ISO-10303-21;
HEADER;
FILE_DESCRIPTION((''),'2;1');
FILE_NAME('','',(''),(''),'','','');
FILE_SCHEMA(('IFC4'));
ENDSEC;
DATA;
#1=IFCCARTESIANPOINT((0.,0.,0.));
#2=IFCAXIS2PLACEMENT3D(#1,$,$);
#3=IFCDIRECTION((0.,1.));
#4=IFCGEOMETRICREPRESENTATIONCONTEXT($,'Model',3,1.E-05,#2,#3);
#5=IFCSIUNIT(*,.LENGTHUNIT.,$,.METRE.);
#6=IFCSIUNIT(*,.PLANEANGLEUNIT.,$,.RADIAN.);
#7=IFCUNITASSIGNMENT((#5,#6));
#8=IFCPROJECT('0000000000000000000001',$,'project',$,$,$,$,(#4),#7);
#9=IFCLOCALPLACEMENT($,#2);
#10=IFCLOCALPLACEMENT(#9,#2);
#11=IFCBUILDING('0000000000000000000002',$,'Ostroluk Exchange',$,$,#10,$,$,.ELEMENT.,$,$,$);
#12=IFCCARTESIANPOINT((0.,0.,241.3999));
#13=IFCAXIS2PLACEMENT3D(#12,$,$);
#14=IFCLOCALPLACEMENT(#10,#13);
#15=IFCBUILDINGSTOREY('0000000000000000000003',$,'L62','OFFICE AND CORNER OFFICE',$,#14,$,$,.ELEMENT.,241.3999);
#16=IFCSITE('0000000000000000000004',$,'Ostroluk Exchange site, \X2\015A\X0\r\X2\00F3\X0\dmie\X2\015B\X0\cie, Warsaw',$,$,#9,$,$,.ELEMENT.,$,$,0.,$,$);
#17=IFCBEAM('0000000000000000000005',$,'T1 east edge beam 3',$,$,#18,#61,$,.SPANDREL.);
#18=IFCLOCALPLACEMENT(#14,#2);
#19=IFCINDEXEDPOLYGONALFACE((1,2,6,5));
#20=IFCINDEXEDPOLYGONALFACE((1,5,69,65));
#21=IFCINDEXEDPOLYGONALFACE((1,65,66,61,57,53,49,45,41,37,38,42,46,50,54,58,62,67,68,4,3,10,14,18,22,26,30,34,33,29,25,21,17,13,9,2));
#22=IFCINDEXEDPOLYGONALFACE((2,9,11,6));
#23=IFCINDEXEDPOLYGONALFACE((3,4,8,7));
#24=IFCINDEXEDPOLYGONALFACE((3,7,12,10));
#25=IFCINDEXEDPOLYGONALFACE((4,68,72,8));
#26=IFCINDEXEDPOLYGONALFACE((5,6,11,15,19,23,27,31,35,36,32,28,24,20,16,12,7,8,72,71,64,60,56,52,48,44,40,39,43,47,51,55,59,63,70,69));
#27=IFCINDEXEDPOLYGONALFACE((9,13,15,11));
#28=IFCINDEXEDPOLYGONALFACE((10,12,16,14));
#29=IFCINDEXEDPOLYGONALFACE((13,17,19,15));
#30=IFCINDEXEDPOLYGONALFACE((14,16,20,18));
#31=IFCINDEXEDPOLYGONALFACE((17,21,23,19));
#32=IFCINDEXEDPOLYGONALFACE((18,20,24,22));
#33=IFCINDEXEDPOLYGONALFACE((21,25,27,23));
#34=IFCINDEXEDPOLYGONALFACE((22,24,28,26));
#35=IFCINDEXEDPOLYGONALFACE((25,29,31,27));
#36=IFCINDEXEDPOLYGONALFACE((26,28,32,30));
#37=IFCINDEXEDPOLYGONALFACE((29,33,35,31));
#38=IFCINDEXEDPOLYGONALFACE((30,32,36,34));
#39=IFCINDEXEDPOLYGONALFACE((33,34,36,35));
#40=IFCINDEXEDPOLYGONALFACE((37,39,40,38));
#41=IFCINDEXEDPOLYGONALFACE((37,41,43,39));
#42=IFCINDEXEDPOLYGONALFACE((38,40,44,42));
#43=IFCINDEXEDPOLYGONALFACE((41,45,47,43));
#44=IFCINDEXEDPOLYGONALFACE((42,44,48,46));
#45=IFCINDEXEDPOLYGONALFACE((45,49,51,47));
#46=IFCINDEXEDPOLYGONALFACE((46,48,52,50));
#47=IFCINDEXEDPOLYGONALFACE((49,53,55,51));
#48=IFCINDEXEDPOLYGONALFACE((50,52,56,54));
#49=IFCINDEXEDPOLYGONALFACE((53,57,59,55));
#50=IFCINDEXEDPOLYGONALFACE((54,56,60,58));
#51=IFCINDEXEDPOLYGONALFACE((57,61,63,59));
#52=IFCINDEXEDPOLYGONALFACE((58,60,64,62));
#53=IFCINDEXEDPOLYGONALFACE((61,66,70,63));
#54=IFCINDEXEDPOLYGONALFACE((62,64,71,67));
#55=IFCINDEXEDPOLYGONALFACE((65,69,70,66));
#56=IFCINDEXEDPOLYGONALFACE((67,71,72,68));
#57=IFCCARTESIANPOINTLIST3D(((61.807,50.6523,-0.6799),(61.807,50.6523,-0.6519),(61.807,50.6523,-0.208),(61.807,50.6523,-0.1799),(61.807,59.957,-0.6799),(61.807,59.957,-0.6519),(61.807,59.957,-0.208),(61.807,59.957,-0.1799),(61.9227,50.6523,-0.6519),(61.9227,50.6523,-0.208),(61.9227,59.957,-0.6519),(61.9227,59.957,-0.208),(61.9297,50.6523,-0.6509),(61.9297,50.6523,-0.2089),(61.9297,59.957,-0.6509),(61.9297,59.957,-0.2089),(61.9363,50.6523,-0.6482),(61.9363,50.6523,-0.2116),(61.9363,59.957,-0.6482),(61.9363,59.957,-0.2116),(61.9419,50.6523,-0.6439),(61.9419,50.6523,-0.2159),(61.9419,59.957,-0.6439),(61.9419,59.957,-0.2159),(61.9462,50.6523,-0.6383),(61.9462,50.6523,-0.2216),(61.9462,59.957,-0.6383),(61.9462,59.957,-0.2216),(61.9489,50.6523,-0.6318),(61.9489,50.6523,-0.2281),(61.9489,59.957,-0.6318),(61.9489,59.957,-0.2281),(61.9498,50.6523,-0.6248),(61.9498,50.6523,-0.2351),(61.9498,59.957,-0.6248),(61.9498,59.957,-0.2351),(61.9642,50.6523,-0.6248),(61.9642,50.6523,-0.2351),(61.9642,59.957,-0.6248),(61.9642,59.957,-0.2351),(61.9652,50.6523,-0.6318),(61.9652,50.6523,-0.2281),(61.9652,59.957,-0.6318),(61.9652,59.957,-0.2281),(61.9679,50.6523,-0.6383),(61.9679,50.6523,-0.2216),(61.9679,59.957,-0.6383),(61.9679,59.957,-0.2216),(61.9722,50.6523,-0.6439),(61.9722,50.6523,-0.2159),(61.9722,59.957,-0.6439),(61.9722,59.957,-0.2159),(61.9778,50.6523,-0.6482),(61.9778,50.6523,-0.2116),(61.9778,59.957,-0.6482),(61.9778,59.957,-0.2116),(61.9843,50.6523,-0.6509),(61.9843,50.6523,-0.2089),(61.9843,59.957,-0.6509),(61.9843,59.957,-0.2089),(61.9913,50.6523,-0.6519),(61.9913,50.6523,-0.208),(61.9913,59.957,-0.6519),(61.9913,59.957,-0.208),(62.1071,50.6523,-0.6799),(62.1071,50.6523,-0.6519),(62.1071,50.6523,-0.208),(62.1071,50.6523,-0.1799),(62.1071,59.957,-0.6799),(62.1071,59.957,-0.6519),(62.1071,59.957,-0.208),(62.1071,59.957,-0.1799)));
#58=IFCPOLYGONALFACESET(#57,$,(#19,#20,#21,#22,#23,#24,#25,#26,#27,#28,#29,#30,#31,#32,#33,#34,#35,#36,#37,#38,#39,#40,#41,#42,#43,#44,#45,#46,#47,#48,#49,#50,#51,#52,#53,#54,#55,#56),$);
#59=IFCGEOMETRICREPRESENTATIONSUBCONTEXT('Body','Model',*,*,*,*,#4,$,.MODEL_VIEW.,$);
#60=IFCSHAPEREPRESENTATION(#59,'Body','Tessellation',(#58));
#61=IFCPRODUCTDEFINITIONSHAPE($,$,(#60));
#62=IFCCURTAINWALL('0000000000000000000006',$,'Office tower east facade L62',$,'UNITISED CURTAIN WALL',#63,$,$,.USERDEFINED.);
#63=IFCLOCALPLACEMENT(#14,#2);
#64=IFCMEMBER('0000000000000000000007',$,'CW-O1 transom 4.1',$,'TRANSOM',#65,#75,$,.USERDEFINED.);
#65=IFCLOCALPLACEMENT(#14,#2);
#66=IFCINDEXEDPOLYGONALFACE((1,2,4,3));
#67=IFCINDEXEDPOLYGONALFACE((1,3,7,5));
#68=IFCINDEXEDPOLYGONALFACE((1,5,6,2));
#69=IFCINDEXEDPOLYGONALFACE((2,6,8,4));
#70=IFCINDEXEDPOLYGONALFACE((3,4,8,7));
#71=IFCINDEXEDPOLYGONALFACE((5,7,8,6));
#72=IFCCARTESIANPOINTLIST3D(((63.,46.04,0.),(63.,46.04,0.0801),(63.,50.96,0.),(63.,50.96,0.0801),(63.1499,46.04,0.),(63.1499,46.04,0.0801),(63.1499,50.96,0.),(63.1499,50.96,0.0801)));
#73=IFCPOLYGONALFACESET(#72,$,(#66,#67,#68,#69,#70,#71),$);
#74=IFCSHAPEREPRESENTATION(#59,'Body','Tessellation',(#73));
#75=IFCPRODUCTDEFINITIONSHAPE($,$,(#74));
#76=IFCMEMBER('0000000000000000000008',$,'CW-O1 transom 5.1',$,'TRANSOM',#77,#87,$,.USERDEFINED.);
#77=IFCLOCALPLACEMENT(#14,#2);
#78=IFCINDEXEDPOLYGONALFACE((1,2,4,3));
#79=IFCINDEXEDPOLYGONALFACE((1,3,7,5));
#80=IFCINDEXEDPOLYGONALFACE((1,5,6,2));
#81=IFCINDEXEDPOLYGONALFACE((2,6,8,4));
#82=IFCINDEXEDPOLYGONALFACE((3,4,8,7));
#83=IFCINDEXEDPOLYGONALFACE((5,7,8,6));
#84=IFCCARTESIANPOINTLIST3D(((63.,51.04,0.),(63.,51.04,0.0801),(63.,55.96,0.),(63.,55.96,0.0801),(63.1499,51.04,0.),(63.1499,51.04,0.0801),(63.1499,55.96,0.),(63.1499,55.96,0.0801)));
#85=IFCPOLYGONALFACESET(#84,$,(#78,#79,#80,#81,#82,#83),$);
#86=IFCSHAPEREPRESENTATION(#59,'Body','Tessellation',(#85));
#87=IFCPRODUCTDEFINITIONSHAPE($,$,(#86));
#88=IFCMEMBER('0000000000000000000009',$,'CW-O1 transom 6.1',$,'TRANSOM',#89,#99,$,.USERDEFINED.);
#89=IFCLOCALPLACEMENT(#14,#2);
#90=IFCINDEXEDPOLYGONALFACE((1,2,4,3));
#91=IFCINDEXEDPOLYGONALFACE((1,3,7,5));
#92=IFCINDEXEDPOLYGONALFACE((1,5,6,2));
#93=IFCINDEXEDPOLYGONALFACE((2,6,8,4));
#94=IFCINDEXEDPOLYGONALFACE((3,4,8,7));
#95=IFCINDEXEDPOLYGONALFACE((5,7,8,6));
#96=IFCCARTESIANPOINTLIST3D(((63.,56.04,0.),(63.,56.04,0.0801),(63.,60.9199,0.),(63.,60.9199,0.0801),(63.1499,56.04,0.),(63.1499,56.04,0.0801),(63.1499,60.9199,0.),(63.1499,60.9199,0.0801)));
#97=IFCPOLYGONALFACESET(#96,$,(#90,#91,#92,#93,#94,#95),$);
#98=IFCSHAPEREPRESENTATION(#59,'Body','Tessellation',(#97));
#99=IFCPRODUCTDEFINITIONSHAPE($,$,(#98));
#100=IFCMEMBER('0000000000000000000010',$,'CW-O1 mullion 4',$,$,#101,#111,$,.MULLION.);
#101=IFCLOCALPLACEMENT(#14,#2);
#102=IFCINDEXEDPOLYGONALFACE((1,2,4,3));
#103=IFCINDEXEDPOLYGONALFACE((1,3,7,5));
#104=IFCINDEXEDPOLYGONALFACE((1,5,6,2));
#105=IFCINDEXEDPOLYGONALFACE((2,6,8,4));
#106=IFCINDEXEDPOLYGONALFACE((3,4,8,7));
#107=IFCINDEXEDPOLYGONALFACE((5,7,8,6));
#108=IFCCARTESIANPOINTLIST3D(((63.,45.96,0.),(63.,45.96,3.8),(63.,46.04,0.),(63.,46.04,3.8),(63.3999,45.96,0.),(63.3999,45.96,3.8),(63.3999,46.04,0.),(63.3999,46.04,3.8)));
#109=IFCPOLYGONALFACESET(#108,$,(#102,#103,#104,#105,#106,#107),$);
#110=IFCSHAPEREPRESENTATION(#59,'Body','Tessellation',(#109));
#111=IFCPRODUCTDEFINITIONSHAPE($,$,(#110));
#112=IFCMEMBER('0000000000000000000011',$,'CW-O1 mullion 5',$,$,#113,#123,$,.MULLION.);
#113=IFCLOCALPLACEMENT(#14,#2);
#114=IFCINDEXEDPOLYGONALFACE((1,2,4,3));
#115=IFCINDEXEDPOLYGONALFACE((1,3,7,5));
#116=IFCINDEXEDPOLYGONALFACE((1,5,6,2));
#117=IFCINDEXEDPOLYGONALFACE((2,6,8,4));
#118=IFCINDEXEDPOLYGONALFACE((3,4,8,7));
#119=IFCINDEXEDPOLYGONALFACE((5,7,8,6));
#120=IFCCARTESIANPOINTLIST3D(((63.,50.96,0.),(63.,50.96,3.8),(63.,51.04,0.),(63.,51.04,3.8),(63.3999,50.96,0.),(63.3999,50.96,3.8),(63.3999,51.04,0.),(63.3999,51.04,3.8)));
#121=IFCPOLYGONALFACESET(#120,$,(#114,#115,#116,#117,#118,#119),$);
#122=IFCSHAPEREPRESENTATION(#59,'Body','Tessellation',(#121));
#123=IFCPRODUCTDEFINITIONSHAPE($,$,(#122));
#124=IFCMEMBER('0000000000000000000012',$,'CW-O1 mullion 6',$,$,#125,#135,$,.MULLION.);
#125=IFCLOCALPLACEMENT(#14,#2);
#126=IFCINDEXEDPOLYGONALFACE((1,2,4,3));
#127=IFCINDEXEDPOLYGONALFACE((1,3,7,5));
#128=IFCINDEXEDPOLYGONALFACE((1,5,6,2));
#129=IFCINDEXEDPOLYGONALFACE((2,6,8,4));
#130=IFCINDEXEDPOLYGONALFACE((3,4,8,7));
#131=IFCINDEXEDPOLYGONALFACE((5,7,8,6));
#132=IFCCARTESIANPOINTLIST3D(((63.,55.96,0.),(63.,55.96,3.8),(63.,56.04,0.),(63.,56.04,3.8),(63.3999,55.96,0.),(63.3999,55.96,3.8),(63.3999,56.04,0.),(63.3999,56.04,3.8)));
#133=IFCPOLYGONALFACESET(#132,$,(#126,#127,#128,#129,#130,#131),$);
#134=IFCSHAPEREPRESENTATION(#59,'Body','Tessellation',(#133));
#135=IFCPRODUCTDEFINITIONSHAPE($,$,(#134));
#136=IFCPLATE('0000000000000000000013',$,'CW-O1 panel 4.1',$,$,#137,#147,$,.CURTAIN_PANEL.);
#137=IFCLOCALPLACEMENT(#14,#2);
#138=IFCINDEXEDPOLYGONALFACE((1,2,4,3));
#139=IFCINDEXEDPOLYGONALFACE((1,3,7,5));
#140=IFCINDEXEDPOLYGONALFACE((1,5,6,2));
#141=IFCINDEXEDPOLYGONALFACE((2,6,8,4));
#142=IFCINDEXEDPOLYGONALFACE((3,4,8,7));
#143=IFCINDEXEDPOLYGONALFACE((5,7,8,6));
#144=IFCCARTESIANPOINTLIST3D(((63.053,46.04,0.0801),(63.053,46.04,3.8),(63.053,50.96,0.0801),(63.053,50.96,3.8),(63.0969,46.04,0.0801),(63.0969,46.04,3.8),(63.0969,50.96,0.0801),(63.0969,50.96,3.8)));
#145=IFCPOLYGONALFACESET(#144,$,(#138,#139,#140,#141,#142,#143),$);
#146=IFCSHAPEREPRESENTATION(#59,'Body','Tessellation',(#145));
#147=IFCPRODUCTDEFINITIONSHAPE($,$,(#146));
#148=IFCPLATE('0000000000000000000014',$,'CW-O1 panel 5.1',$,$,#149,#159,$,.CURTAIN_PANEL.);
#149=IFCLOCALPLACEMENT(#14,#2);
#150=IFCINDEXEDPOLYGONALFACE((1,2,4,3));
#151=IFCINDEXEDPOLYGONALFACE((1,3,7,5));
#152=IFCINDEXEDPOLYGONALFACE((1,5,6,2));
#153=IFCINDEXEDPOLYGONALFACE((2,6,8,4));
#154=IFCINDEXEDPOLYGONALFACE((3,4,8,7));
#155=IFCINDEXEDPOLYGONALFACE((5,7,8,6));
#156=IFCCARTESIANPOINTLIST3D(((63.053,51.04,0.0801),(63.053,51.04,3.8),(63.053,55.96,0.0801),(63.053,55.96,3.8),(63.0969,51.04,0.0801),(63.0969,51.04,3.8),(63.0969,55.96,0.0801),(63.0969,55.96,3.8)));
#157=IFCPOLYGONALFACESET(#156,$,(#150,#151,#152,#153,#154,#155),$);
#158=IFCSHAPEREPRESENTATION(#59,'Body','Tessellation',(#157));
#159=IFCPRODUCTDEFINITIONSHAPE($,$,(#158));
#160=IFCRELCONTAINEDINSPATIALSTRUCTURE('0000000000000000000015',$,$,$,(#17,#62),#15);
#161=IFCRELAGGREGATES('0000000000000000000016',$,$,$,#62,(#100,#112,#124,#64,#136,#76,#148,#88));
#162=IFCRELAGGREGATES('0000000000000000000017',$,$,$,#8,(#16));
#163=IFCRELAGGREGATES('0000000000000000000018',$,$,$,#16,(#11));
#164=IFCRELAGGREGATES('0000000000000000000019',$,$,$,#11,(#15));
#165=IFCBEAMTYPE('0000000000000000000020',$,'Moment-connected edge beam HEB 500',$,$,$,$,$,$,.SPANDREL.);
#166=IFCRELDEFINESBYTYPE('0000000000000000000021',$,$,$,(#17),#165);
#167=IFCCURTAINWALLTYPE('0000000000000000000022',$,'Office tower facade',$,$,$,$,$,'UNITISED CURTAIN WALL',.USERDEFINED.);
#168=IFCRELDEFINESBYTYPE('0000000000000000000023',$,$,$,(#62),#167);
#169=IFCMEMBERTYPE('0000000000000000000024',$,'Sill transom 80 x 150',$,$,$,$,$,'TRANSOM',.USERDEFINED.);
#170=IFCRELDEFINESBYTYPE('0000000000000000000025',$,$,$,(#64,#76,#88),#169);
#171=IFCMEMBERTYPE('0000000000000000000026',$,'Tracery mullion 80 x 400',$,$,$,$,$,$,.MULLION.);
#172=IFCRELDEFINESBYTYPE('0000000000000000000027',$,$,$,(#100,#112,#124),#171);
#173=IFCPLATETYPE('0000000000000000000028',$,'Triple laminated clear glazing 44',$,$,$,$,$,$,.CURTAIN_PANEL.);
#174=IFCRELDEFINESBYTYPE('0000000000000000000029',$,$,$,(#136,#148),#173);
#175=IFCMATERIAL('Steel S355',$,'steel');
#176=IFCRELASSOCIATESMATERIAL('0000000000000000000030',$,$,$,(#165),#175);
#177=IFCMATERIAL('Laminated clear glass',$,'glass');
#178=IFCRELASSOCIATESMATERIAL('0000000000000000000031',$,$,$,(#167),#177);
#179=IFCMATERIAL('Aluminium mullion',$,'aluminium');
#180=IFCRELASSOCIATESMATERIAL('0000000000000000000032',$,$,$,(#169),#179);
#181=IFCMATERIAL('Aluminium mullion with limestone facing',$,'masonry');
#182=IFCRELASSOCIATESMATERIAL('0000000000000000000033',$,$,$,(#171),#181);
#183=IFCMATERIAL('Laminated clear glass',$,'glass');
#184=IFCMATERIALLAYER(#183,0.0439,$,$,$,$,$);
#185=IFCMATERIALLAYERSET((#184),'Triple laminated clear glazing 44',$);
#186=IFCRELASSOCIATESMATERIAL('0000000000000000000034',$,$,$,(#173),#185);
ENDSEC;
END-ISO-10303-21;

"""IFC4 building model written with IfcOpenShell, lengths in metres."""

from ifc_helpers import new_model, si_unit, direction, frame, origin, origin_2d, place, context, subcontext, project, spatial, rectangle, i_section, extrude, material, layer, layer_set, material_profile, profile_set, type_object, element, aggregate, save


model = new_model("IFC4")

# Units and contexts
model_context = context("Model", 3, precision=1e-05, world=origin(), true_north=direction((0.0, 1.0)))
body_context = subcontext(model_context, "Body", "Model", "MODEL_VIEW")
ifc_project = project(units=[si_unit("LENGTHUNIT", "METRE"), si_unit("PLANEANGLEUNIT", "RADIAN")], contexts=[model_context])

# Site, building, storey
site_placement = place(None, origin())
site = spatial("IfcSite", under=ifc_project, at=site_placement, Name="Ostroluk Exchange site, Śródmieście, Warsaw", CompositionType="ELEMENT", RefElevation=0.0)
building_placement = place(site_placement, origin())
building = spatial("IfcBuilding", under=site, at=building_placement, Name="Ostroluk Exchange", CompositionType="ELEMENT")
storey_placement = place(building_placement, frame((0.0, 0.0, 241.3999)))
storey = spatial("IfcBuildingStorey", under=building, at=storey_placement, Name="L62", Description="OFFICE AND CORNER OFFICE", CompositionType="ELEMENT", Elevation=241.3999)

# Beam
ifc_material_1 = material(Name="Steel S355", Category="steel")
ifc_material_profile_1 = material_profile(ifc_material_1, i_section(OverallWidth=0.3, OverallDepth=0.5, WebThickness=0.0144, FlangeThickness=0.0281, FilletRadius=0.0271, at=origin_2d()), Name="HEB 500")
ifc_profile_set_1 = profile_set([ifc_material_profile_1], Name="Steel S355")
beam_type_1 = type_object("IfcBeamType", Name="Moment-connected edge beam HEB 500", PredefinedType="SPANDREL", material=ifc_profile_set_1)
beam_1_placement = place(storey_placement, frame((61.957, 50.6523, -0.4299), z_axis=(0.0, 1.0, 0.0), x_axis=(-1.0, 0.0, 0.0)))
element("IfcBeam", 1, at=beam_1_placement, inside=storey, type_object=beam_type_1, Name="T1 east edge beam 3", PredefinedType="SPANDREL", context=body_context, shape_type="SweptSolid", body=[
    extrude(i_section(OverallWidth=0.3, OverallDepth=0.5, WebThickness=0.0144, FlangeThickness=0.0281, FilletRadius=0.0271, at=origin_2d()), origin(), (0.0, 0.0, 1.0), 9.3047),
])

# Curtain wall, members, plates
ifc_material_2 = material(Name="Laminated clear glass", Category="glass")
curtain_wall_type = type_object("IfcCurtainWallType", Name="Office tower facade", ElementType="UNITISED CURTAIN WALL", PredefinedType="USERDEFINED", material=ifc_material_2)
curtain_wall_placement = place(storey_placement, origin())
curtain_wall = element("IfcCurtainWall", 2, at=curtain_wall_placement, inside=storey, type_object=curtain_wall_type, Name="Office tower east facade L62", ObjectType="UNITISED CURTAIN WALL", PredefinedType="USERDEFINED")
ifc_material_3 = material(Name="Aluminium mullion", Category="aluminium")
ifc_material_profile_2 = material_profile(ifc_material_3, rectangle(XDim=0.1499, YDim=0.0801, at=origin_2d()), Name="Sill transom 80 x 150")
ifc_profile_set_2 = profile_set([ifc_material_profile_2], Name="Aluminium mullion")
member_type_1 = type_object("IfcMemberType", Name="Sill transom 80 x 150", ElementType="TRANSOM", PredefinedType="USERDEFINED", material=ifc_profile_set_2)
member_1_placement = place(storey_placement, frame((63.075, 46.04, 0.04), z_axis=(0.0, 1.0, 0.0), x_axis=(-1.0, 0.0, 0.0)))
member_1 = element("IfcMember", 3, at=member_1_placement, type_object=member_type_1, Name="CW-O1 transom 4.1", ObjectType="TRANSOM", PredefinedType="USERDEFINED", context=body_context, shape_type="SweptSolid", body=[
    extrude(rectangle(XDim=0.1499, YDim=0.0801, at=origin_2d()), origin(), (0.0, 0.0, 1.0), 4.9199),
])
member_2_placement = place(storey_placement, frame((63.075, 51.04, 0.04), z_axis=(0.0, 1.0, 0.0), x_axis=(-1.0, 0.0, 0.0)))
member_2 = element("IfcMember", 4, at=member_2_placement, type_object=member_type_1, Name="CW-O1 transom 5.1", ObjectType="TRANSOM", PredefinedType="USERDEFINED", context=body_context, shape_type="SweptSolid", body=[
    extrude(rectangle(XDim=0.1499, YDim=0.0801, at=origin_2d()), origin(), (0.0, 0.0, 1.0), 4.9199),
])
member_3_placement = place(storey_placement, frame((63.075, 56.04, 0.04), z_axis=(0.0, 1.0, 0.0), x_axis=(-1.0, 0.0, 0.0)))
member_3 = element("IfcMember", 5, at=member_3_placement, type_object=member_type_1, Name="CW-O1 transom 6.1", ObjectType="TRANSOM", PredefinedType="USERDEFINED", context=body_context, shape_type="SweptSolid", body=[
    extrude(rectangle(XDim=0.1499, YDim=0.0801, at=origin_2d()), origin(), (0.0, 0.0, 1.0), 4.8799),
])
ifc_material_4 = material(Name="Aluminium mullion with limestone facing", Category="masonry")
ifc_material_profile_3 = material_profile(ifc_material_4, rectangle(XDim=0.3999, YDim=0.0801, at=origin_2d()), Name="Tracery mullion 80 x 400")
ifc_profile_set_3 = profile_set([ifc_material_profile_3], Name="Aluminium mullion with limestone facing")
member_type_2 = type_object("IfcMemberType", Name="Tracery mullion 80 x 400", PredefinedType="MULLION", material=ifc_profile_set_3)
member_4_placement = place(storey_placement, frame((63.2, 46.0, 0.0), z_axis=(0.0, 0.0, 1.0), x_axis=(-1.0, 0.0, 0.0)))
member_4 = element("IfcMember", 6, at=member_4_placement, type_object=member_type_2, Name="CW-O1 mullion 4", PredefinedType="MULLION", context=body_context, shape_type="SweptSolid", body=[
    extrude(rectangle(XDim=0.3999, YDim=0.0801, at=origin_2d()), origin(), (0.0, 0.0, 1.0), 3.8),
])
member_5_placement = place(storey_placement, frame((63.2, 51.0, 0.0), z_axis=(0.0, 0.0, 1.0), x_axis=(-1.0, 0.0, 0.0)))
member_5 = element("IfcMember", 7, at=member_5_placement, type_object=member_type_2, Name="CW-O1 mullion 5", PredefinedType="MULLION", context=body_context, shape_type="SweptSolid", body=[
    extrude(rectangle(XDim=0.3999, YDim=0.0801, at=origin_2d()), origin(), (0.0, 0.0, 1.0), 3.8),
])
member_6_placement = place(storey_placement, frame((63.2, 56.0, 0.0), z_axis=(0.0, 0.0, 1.0), x_axis=(-1.0, 0.0, 0.0)))
member_6 = element("IfcMember", 8, at=member_6_placement, type_object=member_type_2, Name="CW-O1 mullion 6", PredefinedType="MULLION", context=body_context, shape_type="SweptSolid", body=[
    extrude(rectangle(XDim=0.3999, YDim=0.0801, at=origin_2d()), origin(), (0.0, 0.0, 1.0), 3.8),
])
ifc_material_5 = material(Name="Laminated clear glass", Category="glass")
ifc_layer_1 = layer(ifc_material_5, 0.0439)
ifc_layer_set_1 = layer_set([ifc_layer_1], Name="Triple laminated clear glazing 44")
plate_type = type_object("IfcPlateType", Name="Triple laminated clear glazing 44", PredefinedType="CURTAIN_PANEL", material=ifc_layer_set_1)
plate_1_placement = place(storey_placement, frame((63.075, 48.5, 0.0801), z_axis=(0.0, 0.0, 1.0), x_axis=(0.0, 1.0, 0.0)))
plate_1 = element("IfcPlate", 9, at=plate_1_placement, type_object=plate_type, Name="CW-O1 panel 4.1", PredefinedType="CURTAIN_PANEL", context=body_context, shape_type="SweptSolid", body=[
    extrude(rectangle(XDim=4.9199, YDim=0.0439, at=origin_2d()), origin(), (0.0, 0.0, 1.0), 3.72),
])
plate_2_placement = place(storey_placement, frame((63.075, 53.5, 0.0801), z_axis=(0.0, 0.0, 1.0), x_axis=(0.0, 1.0, 0.0)))
plate_2 = element("IfcPlate", 10, at=plate_2_placement, type_object=plate_type, Name="CW-O1 panel 5.1", PredefinedType="CURTAIN_PANEL", context=body_context, shape_type="SweptSolid", body=[
    extrude(rectangle(XDim=4.9199, YDim=0.0439, at=origin_2d()), origin(), (0.0, 0.0, 1.0), 3.72),
])
aggregate(curtain_wall, [member_4, member_5, member_6, member_1, plate_1, member_2, plate_2, member_3])

save(model, "model.ifc")
